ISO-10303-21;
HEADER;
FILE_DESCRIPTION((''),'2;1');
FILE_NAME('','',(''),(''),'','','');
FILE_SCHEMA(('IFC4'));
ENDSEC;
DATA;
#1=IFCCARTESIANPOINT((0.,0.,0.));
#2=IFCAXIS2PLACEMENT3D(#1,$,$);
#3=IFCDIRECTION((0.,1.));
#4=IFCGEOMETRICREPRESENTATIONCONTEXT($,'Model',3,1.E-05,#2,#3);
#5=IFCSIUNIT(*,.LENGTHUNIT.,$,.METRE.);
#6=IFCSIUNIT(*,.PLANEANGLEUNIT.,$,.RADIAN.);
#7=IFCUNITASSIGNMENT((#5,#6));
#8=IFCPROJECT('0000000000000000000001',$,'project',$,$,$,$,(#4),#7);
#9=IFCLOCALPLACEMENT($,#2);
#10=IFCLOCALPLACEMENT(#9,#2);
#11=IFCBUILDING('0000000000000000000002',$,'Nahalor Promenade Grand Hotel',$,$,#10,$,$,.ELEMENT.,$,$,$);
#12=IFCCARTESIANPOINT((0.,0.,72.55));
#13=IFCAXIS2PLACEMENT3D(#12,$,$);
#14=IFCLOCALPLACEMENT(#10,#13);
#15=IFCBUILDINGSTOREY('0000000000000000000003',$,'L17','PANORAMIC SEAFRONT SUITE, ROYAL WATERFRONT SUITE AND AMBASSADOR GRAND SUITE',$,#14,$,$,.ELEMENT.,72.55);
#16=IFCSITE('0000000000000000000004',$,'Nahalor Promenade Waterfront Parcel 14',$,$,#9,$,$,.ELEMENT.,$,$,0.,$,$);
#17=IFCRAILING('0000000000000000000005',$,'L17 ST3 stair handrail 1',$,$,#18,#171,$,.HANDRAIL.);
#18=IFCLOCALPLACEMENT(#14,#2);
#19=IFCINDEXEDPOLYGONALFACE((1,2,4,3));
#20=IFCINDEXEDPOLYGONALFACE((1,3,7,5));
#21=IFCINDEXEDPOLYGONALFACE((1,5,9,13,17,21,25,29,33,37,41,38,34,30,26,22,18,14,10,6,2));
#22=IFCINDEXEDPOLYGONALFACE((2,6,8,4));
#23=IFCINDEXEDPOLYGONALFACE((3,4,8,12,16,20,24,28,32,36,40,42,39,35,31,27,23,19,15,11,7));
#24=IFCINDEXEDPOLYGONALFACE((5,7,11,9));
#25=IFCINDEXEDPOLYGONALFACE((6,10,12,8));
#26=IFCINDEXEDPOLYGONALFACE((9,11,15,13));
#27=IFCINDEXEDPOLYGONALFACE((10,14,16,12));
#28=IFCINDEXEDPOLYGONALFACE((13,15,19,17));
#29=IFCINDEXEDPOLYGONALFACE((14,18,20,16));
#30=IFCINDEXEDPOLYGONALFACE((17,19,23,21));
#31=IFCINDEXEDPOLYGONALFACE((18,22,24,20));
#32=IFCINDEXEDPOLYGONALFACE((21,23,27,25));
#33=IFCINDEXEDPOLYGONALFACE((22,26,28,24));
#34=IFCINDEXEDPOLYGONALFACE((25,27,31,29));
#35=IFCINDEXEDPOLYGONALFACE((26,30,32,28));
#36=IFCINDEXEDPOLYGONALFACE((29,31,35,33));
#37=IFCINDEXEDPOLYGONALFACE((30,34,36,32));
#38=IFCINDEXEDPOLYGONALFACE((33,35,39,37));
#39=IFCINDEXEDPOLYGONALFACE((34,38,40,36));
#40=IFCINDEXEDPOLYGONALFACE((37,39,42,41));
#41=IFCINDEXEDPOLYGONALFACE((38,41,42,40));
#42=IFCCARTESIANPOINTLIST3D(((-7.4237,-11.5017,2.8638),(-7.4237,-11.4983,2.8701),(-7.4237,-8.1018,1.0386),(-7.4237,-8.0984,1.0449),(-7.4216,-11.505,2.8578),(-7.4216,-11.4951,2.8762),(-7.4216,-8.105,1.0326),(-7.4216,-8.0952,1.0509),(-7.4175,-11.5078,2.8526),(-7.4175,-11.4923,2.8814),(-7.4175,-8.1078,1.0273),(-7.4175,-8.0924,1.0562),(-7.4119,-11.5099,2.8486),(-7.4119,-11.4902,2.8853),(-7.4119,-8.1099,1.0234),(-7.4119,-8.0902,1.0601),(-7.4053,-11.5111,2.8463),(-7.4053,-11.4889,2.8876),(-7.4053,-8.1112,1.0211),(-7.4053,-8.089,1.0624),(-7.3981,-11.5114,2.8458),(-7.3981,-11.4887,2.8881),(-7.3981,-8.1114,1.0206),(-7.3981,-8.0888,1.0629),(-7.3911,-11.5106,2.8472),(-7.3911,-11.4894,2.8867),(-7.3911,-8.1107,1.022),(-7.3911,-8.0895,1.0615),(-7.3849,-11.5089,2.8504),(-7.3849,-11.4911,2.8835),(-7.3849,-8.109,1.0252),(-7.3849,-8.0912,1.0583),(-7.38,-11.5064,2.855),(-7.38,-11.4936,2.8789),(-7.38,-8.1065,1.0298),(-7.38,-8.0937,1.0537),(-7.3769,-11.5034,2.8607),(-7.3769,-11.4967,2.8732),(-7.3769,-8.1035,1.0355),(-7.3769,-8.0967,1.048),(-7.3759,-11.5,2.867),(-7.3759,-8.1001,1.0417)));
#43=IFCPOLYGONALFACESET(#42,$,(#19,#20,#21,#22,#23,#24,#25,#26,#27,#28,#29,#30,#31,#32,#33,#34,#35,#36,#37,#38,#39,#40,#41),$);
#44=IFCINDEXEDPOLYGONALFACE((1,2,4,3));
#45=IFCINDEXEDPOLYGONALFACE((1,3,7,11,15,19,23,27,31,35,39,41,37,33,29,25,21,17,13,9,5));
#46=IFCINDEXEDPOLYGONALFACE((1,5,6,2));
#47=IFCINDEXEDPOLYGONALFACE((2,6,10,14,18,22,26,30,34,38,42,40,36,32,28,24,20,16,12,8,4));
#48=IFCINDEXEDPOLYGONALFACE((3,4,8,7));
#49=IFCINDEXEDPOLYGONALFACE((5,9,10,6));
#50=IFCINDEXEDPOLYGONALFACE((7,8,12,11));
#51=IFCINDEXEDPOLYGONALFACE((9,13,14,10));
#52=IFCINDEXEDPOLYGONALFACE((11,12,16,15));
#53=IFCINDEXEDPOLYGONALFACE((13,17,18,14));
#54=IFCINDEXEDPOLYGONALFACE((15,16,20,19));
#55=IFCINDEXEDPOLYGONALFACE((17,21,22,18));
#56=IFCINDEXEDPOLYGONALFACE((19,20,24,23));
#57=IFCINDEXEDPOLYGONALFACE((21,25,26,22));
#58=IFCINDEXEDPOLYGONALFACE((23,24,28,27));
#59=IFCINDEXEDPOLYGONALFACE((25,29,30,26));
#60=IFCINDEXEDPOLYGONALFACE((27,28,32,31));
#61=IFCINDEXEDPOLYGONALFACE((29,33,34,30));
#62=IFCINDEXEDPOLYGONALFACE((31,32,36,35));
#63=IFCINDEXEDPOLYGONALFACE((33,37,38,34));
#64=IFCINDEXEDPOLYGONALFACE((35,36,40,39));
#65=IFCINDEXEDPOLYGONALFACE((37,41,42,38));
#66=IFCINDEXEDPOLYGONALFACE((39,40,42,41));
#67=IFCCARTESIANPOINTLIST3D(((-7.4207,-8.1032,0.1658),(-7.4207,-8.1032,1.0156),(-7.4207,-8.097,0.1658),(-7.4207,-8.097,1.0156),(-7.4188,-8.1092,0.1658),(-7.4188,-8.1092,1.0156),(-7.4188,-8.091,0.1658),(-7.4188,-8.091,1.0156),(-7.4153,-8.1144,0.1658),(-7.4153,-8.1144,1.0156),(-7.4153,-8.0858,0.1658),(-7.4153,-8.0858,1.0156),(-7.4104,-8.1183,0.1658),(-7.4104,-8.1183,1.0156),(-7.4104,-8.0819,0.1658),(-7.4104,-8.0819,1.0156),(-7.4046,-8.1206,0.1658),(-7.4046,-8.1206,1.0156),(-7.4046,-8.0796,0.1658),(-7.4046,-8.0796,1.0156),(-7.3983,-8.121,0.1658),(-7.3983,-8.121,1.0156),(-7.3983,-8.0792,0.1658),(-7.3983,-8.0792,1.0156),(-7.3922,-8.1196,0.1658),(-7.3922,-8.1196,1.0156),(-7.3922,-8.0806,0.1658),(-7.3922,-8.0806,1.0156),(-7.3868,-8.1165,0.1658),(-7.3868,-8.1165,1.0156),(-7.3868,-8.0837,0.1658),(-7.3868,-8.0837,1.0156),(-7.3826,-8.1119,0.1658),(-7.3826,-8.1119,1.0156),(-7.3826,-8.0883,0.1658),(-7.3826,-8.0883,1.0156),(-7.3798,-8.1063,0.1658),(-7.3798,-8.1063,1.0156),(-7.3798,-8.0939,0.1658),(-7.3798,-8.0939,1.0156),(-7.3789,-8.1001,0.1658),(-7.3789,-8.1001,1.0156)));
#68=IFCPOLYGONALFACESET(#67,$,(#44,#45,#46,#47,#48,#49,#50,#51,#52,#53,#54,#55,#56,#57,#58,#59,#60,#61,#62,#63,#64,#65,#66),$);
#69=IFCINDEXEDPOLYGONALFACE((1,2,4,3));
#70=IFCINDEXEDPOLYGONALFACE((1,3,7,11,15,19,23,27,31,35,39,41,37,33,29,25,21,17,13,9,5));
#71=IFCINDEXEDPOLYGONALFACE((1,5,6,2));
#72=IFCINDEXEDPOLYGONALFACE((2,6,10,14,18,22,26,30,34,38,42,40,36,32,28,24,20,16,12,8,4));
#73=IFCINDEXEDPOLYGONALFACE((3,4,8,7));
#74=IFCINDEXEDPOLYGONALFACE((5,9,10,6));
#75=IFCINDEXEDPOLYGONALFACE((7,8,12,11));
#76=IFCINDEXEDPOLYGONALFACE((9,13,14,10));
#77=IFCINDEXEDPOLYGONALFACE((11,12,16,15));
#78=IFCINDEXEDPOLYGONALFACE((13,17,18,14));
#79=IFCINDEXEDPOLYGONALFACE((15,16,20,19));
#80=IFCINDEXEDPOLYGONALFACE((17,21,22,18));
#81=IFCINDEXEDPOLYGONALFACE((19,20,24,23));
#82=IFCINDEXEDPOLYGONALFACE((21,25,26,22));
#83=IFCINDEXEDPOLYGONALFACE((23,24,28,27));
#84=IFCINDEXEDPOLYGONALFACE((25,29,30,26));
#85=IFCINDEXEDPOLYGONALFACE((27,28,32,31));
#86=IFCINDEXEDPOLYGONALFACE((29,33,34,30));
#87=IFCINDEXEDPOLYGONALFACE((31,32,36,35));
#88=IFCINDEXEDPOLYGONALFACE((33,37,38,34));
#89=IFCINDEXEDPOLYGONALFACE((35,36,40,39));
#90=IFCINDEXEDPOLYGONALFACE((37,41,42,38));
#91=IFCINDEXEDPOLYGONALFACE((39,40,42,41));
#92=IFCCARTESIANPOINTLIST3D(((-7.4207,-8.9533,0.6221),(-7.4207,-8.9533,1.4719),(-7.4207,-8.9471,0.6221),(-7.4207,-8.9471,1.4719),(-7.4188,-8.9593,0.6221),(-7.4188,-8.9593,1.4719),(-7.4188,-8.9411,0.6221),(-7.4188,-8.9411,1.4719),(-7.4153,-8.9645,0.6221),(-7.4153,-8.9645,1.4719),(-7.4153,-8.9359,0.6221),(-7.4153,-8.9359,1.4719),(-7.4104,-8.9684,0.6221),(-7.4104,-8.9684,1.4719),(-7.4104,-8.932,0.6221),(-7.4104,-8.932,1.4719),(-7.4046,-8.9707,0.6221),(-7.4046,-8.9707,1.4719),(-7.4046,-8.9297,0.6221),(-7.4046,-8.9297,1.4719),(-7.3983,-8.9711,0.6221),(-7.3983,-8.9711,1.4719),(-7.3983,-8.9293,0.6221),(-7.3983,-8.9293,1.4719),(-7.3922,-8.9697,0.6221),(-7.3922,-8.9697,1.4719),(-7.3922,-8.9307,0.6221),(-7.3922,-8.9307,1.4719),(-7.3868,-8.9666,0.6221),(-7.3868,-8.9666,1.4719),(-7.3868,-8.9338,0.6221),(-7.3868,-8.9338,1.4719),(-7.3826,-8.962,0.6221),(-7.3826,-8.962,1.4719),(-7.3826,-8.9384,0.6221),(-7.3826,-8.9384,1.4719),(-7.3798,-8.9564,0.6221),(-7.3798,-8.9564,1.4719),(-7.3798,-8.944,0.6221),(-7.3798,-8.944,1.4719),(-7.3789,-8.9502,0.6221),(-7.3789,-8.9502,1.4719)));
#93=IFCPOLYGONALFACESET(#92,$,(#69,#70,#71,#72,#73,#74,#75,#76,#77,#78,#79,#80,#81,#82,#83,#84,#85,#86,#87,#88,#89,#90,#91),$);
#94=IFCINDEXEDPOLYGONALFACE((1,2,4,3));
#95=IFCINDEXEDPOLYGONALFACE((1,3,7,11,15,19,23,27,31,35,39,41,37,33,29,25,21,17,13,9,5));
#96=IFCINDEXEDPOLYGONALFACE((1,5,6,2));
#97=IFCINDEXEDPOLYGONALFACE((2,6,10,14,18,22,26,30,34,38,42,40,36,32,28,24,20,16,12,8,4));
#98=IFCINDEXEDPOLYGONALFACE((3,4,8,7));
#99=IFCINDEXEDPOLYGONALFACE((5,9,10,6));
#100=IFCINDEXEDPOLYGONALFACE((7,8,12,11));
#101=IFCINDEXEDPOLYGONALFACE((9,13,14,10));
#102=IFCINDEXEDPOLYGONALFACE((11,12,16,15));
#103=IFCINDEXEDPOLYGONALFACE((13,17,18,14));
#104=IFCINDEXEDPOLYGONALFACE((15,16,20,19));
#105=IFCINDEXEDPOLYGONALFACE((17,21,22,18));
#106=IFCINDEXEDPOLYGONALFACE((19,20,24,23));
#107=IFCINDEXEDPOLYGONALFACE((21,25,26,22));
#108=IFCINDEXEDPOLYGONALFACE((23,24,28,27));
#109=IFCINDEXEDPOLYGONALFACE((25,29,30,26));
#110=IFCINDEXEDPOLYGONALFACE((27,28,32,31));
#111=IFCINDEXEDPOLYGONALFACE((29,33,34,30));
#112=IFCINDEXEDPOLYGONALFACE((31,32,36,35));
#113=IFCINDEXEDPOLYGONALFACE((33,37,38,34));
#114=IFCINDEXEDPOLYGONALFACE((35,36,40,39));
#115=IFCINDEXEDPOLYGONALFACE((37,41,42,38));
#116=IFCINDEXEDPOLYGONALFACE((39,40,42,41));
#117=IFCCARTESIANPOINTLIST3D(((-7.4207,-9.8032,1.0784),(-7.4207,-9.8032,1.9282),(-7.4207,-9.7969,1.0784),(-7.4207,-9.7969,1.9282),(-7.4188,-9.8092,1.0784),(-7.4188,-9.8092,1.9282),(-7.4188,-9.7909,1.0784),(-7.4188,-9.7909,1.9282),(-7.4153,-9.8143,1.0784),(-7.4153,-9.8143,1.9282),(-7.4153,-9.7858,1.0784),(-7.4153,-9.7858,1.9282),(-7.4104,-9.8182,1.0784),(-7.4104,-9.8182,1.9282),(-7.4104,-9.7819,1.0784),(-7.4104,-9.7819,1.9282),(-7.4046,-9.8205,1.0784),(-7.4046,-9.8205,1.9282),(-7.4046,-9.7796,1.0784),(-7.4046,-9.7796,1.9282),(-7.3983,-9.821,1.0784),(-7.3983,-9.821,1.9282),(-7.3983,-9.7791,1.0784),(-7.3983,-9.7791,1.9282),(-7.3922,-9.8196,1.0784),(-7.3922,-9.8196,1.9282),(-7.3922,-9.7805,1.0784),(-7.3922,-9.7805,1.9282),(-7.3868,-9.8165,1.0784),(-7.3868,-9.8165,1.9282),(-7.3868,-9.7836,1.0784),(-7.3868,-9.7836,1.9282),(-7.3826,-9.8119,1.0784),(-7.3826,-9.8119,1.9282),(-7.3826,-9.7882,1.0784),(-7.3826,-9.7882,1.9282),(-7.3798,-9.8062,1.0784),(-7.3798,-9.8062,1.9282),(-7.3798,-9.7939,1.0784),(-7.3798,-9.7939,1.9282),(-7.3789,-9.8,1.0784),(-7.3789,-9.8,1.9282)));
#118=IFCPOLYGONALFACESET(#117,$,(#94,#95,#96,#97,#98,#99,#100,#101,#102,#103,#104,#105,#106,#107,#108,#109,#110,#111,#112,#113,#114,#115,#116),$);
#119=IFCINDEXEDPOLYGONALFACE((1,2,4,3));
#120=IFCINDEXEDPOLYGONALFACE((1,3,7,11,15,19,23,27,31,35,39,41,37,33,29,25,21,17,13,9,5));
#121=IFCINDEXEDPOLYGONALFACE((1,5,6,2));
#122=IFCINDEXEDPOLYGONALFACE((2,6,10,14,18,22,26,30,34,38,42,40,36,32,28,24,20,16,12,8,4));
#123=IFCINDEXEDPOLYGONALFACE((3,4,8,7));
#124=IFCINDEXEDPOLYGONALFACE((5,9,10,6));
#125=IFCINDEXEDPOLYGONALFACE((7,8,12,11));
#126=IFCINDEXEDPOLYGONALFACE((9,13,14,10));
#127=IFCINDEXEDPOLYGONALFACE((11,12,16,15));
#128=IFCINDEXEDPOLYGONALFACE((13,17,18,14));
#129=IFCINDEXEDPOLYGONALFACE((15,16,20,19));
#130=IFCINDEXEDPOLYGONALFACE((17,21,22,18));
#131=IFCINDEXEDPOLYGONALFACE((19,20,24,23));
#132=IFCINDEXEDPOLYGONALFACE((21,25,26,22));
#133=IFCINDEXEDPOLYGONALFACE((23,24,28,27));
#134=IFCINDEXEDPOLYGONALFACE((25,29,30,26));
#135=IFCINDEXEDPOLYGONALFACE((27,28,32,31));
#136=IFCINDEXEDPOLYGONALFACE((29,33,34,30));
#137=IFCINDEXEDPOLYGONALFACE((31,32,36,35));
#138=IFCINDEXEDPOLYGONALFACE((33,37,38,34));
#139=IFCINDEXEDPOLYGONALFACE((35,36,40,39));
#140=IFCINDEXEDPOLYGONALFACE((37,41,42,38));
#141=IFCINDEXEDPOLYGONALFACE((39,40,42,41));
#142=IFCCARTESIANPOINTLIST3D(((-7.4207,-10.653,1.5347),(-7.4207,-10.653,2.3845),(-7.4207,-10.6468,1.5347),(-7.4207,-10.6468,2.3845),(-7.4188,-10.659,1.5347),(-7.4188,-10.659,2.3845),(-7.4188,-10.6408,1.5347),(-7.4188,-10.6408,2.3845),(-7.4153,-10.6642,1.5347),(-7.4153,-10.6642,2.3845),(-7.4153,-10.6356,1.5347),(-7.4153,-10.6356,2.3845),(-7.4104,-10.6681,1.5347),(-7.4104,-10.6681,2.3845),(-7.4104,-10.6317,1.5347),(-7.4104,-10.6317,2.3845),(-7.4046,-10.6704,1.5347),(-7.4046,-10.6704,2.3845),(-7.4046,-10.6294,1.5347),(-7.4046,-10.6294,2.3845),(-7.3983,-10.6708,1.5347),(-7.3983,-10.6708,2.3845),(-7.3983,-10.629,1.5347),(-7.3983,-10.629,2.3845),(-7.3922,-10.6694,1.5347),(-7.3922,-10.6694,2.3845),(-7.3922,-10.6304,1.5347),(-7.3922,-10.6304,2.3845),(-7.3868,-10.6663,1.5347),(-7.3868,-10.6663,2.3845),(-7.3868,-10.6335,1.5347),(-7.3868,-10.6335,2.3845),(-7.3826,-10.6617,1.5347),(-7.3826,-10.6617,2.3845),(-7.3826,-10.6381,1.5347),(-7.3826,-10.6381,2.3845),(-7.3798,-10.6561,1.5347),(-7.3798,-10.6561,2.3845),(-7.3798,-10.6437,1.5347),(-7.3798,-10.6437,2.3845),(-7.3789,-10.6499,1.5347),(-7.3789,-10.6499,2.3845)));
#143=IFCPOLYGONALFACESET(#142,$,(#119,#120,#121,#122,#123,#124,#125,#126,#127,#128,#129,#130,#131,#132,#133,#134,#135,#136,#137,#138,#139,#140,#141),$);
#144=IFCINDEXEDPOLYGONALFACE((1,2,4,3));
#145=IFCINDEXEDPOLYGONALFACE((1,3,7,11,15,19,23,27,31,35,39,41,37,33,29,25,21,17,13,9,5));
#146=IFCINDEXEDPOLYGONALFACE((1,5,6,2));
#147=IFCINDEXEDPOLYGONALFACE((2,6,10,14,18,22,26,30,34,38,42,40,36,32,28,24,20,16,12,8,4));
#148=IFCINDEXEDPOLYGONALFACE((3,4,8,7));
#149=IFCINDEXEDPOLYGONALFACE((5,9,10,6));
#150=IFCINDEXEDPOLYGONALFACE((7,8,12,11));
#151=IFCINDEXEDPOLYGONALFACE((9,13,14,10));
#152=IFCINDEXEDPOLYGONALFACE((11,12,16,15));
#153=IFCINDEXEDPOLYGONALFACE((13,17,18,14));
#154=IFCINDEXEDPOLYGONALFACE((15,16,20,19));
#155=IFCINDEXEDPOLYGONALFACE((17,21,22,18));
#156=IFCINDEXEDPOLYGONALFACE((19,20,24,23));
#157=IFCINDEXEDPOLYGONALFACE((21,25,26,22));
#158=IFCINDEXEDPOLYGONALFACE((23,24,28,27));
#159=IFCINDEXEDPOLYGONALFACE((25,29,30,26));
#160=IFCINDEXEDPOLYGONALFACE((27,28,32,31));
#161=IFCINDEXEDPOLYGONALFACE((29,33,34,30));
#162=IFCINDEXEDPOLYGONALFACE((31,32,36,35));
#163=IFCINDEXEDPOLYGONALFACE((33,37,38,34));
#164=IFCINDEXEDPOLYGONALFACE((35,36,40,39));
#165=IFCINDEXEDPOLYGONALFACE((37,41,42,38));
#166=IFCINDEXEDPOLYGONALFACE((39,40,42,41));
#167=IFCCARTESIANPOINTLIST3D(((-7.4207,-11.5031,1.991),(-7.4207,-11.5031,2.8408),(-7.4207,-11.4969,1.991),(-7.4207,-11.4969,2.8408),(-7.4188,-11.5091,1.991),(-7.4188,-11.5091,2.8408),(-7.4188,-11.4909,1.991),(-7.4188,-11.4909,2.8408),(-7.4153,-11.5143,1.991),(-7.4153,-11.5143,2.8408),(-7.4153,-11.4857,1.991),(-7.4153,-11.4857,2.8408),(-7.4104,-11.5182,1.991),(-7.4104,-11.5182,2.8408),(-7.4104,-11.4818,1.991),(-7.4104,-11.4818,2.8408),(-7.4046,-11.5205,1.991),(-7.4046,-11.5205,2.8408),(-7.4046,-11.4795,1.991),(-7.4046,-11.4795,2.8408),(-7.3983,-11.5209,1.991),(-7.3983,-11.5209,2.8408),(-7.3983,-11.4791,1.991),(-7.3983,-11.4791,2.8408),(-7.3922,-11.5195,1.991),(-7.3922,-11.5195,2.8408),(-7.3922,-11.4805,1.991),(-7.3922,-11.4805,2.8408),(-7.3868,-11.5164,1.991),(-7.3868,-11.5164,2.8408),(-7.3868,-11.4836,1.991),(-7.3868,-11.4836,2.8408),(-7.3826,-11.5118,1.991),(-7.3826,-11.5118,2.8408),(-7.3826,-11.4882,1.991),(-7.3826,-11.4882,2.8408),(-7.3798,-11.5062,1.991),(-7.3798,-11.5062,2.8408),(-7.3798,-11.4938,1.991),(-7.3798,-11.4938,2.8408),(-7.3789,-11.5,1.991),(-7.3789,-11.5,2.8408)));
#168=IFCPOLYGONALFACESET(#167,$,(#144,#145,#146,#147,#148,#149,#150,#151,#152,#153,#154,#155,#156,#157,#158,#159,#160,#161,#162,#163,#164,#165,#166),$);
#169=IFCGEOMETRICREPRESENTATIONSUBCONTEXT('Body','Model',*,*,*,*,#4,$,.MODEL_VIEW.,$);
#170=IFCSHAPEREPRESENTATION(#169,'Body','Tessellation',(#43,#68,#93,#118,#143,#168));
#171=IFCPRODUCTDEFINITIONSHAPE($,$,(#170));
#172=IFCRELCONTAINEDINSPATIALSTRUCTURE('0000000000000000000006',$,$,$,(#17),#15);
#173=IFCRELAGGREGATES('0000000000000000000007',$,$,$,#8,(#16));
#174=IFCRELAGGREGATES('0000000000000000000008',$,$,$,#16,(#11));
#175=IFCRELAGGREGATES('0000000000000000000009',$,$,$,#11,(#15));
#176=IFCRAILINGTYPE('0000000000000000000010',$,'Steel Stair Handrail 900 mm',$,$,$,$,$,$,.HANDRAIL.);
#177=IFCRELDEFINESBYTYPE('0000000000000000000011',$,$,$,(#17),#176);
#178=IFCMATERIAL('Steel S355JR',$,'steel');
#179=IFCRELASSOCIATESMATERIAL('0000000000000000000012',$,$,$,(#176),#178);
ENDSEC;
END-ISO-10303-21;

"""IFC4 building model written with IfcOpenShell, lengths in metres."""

from ifc_helpers import new_model, si_unit, direction, frame, origin, origin_2d, place, context, subcontext, project, spatial, circle, extrude, material, type_object, element, save


model = new_model("IFC4")

# Units and contexts
model_context = context("Model", 3, precision=1e-05, world=origin(), true_north=direction((0.0, 1.0)))
body_context = subcontext(model_context, "Body", "Model", "MODEL_VIEW")
ifc_project = project(units=[si_unit("LENGTHUNIT", "METRE"), si_unit("PLANEANGLEUNIT", "RADIAN")], contexts=[model_context])

# Site, building, storey
site_placement = place(None, origin())
site = spatial("IfcSite", under=ifc_project, at=site_placement, Name="Nahalor Promenade Waterfront Parcel 14", CompositionType="ELEMENT", RefElevation=0.0)
building_placement = place(site_placement, origin())
building = spatial("IfcBuilding", under=site, at=building_placement, Name="Nahalor Promenade Grand Hotel", CompositionType="ELEMENT")
storey_placement = place(building_placement, frame((0.0, 0.0, 72.55)))
storey = spatial("IfcBuildingStorey", under=building, at=storey_placement, Name="L17", Description="PANORAMIC SEAFRONT SUITE, ROYAL WATERFRONT SUITE AND AMBASSADOR GRAND SUITE", CompositionType="ELEMENT", Elevation=72.55)

# Shared definitions
ifc_material_1 = material(Name="Steel S355JR", Category="steel")

# Railing
railing_type_1 = type_object("IfcRailingType", Name="Steel Stair Handrail 900 mm", PredefinedType="HANDRAIL", material=ifc_material_1)
for number, where, name in (
    (1, (-7.3999, -8.1001, 0.1658), "L17 ST3 stair handrail 1"),
):
    element("IfcRailing", number, at=place(storey_placement, frame(where)), inside=storey, type_object=railing_type_1, Name=name, PredefinedType="HANDRAIL", context=body_context, shape_type="SweptSolid", body=[
        extrude(circle(Radius=0.024, at=origin_2d()), frame((0.0, 0.0, 0.876), z_axis=(0.0, -0.881068, 0.47299), x_axis=(1.0, 0.0, 0.0)), (0.0, 0.0, 1.0), 3.8589),
        extrude(circle(Radius=0.021, at=origin_2d()), origin(), (0.0, 0.0, 1.0), 0.8499),
        extrude(circle(Radius=0.021, at=origin_2d()), frame((0.0, -0.8501, 0.4563)), (0.0, 0.0, 1.0), 0.8499),
        extrude(circle(Radius=0.021, at=origin_2d()), frame((0.0, -1.7, 0.9126)), (0.0, 0.0, 1.0), 0.8499),
        extrude(circle(Radius=0.021, at=origin_2d()), frame((0.0, -2.5498, 1.3689)), (0.0, 0.0, 1.0), 0.8499),
        extrude(circle(Radius=0.021, at=origin_2d()), frame((0.0, -3.3999, 1.8252)), (0.0, 0.0, 1.0), 0.8499),
    ])

save(model, "model.ifc")
